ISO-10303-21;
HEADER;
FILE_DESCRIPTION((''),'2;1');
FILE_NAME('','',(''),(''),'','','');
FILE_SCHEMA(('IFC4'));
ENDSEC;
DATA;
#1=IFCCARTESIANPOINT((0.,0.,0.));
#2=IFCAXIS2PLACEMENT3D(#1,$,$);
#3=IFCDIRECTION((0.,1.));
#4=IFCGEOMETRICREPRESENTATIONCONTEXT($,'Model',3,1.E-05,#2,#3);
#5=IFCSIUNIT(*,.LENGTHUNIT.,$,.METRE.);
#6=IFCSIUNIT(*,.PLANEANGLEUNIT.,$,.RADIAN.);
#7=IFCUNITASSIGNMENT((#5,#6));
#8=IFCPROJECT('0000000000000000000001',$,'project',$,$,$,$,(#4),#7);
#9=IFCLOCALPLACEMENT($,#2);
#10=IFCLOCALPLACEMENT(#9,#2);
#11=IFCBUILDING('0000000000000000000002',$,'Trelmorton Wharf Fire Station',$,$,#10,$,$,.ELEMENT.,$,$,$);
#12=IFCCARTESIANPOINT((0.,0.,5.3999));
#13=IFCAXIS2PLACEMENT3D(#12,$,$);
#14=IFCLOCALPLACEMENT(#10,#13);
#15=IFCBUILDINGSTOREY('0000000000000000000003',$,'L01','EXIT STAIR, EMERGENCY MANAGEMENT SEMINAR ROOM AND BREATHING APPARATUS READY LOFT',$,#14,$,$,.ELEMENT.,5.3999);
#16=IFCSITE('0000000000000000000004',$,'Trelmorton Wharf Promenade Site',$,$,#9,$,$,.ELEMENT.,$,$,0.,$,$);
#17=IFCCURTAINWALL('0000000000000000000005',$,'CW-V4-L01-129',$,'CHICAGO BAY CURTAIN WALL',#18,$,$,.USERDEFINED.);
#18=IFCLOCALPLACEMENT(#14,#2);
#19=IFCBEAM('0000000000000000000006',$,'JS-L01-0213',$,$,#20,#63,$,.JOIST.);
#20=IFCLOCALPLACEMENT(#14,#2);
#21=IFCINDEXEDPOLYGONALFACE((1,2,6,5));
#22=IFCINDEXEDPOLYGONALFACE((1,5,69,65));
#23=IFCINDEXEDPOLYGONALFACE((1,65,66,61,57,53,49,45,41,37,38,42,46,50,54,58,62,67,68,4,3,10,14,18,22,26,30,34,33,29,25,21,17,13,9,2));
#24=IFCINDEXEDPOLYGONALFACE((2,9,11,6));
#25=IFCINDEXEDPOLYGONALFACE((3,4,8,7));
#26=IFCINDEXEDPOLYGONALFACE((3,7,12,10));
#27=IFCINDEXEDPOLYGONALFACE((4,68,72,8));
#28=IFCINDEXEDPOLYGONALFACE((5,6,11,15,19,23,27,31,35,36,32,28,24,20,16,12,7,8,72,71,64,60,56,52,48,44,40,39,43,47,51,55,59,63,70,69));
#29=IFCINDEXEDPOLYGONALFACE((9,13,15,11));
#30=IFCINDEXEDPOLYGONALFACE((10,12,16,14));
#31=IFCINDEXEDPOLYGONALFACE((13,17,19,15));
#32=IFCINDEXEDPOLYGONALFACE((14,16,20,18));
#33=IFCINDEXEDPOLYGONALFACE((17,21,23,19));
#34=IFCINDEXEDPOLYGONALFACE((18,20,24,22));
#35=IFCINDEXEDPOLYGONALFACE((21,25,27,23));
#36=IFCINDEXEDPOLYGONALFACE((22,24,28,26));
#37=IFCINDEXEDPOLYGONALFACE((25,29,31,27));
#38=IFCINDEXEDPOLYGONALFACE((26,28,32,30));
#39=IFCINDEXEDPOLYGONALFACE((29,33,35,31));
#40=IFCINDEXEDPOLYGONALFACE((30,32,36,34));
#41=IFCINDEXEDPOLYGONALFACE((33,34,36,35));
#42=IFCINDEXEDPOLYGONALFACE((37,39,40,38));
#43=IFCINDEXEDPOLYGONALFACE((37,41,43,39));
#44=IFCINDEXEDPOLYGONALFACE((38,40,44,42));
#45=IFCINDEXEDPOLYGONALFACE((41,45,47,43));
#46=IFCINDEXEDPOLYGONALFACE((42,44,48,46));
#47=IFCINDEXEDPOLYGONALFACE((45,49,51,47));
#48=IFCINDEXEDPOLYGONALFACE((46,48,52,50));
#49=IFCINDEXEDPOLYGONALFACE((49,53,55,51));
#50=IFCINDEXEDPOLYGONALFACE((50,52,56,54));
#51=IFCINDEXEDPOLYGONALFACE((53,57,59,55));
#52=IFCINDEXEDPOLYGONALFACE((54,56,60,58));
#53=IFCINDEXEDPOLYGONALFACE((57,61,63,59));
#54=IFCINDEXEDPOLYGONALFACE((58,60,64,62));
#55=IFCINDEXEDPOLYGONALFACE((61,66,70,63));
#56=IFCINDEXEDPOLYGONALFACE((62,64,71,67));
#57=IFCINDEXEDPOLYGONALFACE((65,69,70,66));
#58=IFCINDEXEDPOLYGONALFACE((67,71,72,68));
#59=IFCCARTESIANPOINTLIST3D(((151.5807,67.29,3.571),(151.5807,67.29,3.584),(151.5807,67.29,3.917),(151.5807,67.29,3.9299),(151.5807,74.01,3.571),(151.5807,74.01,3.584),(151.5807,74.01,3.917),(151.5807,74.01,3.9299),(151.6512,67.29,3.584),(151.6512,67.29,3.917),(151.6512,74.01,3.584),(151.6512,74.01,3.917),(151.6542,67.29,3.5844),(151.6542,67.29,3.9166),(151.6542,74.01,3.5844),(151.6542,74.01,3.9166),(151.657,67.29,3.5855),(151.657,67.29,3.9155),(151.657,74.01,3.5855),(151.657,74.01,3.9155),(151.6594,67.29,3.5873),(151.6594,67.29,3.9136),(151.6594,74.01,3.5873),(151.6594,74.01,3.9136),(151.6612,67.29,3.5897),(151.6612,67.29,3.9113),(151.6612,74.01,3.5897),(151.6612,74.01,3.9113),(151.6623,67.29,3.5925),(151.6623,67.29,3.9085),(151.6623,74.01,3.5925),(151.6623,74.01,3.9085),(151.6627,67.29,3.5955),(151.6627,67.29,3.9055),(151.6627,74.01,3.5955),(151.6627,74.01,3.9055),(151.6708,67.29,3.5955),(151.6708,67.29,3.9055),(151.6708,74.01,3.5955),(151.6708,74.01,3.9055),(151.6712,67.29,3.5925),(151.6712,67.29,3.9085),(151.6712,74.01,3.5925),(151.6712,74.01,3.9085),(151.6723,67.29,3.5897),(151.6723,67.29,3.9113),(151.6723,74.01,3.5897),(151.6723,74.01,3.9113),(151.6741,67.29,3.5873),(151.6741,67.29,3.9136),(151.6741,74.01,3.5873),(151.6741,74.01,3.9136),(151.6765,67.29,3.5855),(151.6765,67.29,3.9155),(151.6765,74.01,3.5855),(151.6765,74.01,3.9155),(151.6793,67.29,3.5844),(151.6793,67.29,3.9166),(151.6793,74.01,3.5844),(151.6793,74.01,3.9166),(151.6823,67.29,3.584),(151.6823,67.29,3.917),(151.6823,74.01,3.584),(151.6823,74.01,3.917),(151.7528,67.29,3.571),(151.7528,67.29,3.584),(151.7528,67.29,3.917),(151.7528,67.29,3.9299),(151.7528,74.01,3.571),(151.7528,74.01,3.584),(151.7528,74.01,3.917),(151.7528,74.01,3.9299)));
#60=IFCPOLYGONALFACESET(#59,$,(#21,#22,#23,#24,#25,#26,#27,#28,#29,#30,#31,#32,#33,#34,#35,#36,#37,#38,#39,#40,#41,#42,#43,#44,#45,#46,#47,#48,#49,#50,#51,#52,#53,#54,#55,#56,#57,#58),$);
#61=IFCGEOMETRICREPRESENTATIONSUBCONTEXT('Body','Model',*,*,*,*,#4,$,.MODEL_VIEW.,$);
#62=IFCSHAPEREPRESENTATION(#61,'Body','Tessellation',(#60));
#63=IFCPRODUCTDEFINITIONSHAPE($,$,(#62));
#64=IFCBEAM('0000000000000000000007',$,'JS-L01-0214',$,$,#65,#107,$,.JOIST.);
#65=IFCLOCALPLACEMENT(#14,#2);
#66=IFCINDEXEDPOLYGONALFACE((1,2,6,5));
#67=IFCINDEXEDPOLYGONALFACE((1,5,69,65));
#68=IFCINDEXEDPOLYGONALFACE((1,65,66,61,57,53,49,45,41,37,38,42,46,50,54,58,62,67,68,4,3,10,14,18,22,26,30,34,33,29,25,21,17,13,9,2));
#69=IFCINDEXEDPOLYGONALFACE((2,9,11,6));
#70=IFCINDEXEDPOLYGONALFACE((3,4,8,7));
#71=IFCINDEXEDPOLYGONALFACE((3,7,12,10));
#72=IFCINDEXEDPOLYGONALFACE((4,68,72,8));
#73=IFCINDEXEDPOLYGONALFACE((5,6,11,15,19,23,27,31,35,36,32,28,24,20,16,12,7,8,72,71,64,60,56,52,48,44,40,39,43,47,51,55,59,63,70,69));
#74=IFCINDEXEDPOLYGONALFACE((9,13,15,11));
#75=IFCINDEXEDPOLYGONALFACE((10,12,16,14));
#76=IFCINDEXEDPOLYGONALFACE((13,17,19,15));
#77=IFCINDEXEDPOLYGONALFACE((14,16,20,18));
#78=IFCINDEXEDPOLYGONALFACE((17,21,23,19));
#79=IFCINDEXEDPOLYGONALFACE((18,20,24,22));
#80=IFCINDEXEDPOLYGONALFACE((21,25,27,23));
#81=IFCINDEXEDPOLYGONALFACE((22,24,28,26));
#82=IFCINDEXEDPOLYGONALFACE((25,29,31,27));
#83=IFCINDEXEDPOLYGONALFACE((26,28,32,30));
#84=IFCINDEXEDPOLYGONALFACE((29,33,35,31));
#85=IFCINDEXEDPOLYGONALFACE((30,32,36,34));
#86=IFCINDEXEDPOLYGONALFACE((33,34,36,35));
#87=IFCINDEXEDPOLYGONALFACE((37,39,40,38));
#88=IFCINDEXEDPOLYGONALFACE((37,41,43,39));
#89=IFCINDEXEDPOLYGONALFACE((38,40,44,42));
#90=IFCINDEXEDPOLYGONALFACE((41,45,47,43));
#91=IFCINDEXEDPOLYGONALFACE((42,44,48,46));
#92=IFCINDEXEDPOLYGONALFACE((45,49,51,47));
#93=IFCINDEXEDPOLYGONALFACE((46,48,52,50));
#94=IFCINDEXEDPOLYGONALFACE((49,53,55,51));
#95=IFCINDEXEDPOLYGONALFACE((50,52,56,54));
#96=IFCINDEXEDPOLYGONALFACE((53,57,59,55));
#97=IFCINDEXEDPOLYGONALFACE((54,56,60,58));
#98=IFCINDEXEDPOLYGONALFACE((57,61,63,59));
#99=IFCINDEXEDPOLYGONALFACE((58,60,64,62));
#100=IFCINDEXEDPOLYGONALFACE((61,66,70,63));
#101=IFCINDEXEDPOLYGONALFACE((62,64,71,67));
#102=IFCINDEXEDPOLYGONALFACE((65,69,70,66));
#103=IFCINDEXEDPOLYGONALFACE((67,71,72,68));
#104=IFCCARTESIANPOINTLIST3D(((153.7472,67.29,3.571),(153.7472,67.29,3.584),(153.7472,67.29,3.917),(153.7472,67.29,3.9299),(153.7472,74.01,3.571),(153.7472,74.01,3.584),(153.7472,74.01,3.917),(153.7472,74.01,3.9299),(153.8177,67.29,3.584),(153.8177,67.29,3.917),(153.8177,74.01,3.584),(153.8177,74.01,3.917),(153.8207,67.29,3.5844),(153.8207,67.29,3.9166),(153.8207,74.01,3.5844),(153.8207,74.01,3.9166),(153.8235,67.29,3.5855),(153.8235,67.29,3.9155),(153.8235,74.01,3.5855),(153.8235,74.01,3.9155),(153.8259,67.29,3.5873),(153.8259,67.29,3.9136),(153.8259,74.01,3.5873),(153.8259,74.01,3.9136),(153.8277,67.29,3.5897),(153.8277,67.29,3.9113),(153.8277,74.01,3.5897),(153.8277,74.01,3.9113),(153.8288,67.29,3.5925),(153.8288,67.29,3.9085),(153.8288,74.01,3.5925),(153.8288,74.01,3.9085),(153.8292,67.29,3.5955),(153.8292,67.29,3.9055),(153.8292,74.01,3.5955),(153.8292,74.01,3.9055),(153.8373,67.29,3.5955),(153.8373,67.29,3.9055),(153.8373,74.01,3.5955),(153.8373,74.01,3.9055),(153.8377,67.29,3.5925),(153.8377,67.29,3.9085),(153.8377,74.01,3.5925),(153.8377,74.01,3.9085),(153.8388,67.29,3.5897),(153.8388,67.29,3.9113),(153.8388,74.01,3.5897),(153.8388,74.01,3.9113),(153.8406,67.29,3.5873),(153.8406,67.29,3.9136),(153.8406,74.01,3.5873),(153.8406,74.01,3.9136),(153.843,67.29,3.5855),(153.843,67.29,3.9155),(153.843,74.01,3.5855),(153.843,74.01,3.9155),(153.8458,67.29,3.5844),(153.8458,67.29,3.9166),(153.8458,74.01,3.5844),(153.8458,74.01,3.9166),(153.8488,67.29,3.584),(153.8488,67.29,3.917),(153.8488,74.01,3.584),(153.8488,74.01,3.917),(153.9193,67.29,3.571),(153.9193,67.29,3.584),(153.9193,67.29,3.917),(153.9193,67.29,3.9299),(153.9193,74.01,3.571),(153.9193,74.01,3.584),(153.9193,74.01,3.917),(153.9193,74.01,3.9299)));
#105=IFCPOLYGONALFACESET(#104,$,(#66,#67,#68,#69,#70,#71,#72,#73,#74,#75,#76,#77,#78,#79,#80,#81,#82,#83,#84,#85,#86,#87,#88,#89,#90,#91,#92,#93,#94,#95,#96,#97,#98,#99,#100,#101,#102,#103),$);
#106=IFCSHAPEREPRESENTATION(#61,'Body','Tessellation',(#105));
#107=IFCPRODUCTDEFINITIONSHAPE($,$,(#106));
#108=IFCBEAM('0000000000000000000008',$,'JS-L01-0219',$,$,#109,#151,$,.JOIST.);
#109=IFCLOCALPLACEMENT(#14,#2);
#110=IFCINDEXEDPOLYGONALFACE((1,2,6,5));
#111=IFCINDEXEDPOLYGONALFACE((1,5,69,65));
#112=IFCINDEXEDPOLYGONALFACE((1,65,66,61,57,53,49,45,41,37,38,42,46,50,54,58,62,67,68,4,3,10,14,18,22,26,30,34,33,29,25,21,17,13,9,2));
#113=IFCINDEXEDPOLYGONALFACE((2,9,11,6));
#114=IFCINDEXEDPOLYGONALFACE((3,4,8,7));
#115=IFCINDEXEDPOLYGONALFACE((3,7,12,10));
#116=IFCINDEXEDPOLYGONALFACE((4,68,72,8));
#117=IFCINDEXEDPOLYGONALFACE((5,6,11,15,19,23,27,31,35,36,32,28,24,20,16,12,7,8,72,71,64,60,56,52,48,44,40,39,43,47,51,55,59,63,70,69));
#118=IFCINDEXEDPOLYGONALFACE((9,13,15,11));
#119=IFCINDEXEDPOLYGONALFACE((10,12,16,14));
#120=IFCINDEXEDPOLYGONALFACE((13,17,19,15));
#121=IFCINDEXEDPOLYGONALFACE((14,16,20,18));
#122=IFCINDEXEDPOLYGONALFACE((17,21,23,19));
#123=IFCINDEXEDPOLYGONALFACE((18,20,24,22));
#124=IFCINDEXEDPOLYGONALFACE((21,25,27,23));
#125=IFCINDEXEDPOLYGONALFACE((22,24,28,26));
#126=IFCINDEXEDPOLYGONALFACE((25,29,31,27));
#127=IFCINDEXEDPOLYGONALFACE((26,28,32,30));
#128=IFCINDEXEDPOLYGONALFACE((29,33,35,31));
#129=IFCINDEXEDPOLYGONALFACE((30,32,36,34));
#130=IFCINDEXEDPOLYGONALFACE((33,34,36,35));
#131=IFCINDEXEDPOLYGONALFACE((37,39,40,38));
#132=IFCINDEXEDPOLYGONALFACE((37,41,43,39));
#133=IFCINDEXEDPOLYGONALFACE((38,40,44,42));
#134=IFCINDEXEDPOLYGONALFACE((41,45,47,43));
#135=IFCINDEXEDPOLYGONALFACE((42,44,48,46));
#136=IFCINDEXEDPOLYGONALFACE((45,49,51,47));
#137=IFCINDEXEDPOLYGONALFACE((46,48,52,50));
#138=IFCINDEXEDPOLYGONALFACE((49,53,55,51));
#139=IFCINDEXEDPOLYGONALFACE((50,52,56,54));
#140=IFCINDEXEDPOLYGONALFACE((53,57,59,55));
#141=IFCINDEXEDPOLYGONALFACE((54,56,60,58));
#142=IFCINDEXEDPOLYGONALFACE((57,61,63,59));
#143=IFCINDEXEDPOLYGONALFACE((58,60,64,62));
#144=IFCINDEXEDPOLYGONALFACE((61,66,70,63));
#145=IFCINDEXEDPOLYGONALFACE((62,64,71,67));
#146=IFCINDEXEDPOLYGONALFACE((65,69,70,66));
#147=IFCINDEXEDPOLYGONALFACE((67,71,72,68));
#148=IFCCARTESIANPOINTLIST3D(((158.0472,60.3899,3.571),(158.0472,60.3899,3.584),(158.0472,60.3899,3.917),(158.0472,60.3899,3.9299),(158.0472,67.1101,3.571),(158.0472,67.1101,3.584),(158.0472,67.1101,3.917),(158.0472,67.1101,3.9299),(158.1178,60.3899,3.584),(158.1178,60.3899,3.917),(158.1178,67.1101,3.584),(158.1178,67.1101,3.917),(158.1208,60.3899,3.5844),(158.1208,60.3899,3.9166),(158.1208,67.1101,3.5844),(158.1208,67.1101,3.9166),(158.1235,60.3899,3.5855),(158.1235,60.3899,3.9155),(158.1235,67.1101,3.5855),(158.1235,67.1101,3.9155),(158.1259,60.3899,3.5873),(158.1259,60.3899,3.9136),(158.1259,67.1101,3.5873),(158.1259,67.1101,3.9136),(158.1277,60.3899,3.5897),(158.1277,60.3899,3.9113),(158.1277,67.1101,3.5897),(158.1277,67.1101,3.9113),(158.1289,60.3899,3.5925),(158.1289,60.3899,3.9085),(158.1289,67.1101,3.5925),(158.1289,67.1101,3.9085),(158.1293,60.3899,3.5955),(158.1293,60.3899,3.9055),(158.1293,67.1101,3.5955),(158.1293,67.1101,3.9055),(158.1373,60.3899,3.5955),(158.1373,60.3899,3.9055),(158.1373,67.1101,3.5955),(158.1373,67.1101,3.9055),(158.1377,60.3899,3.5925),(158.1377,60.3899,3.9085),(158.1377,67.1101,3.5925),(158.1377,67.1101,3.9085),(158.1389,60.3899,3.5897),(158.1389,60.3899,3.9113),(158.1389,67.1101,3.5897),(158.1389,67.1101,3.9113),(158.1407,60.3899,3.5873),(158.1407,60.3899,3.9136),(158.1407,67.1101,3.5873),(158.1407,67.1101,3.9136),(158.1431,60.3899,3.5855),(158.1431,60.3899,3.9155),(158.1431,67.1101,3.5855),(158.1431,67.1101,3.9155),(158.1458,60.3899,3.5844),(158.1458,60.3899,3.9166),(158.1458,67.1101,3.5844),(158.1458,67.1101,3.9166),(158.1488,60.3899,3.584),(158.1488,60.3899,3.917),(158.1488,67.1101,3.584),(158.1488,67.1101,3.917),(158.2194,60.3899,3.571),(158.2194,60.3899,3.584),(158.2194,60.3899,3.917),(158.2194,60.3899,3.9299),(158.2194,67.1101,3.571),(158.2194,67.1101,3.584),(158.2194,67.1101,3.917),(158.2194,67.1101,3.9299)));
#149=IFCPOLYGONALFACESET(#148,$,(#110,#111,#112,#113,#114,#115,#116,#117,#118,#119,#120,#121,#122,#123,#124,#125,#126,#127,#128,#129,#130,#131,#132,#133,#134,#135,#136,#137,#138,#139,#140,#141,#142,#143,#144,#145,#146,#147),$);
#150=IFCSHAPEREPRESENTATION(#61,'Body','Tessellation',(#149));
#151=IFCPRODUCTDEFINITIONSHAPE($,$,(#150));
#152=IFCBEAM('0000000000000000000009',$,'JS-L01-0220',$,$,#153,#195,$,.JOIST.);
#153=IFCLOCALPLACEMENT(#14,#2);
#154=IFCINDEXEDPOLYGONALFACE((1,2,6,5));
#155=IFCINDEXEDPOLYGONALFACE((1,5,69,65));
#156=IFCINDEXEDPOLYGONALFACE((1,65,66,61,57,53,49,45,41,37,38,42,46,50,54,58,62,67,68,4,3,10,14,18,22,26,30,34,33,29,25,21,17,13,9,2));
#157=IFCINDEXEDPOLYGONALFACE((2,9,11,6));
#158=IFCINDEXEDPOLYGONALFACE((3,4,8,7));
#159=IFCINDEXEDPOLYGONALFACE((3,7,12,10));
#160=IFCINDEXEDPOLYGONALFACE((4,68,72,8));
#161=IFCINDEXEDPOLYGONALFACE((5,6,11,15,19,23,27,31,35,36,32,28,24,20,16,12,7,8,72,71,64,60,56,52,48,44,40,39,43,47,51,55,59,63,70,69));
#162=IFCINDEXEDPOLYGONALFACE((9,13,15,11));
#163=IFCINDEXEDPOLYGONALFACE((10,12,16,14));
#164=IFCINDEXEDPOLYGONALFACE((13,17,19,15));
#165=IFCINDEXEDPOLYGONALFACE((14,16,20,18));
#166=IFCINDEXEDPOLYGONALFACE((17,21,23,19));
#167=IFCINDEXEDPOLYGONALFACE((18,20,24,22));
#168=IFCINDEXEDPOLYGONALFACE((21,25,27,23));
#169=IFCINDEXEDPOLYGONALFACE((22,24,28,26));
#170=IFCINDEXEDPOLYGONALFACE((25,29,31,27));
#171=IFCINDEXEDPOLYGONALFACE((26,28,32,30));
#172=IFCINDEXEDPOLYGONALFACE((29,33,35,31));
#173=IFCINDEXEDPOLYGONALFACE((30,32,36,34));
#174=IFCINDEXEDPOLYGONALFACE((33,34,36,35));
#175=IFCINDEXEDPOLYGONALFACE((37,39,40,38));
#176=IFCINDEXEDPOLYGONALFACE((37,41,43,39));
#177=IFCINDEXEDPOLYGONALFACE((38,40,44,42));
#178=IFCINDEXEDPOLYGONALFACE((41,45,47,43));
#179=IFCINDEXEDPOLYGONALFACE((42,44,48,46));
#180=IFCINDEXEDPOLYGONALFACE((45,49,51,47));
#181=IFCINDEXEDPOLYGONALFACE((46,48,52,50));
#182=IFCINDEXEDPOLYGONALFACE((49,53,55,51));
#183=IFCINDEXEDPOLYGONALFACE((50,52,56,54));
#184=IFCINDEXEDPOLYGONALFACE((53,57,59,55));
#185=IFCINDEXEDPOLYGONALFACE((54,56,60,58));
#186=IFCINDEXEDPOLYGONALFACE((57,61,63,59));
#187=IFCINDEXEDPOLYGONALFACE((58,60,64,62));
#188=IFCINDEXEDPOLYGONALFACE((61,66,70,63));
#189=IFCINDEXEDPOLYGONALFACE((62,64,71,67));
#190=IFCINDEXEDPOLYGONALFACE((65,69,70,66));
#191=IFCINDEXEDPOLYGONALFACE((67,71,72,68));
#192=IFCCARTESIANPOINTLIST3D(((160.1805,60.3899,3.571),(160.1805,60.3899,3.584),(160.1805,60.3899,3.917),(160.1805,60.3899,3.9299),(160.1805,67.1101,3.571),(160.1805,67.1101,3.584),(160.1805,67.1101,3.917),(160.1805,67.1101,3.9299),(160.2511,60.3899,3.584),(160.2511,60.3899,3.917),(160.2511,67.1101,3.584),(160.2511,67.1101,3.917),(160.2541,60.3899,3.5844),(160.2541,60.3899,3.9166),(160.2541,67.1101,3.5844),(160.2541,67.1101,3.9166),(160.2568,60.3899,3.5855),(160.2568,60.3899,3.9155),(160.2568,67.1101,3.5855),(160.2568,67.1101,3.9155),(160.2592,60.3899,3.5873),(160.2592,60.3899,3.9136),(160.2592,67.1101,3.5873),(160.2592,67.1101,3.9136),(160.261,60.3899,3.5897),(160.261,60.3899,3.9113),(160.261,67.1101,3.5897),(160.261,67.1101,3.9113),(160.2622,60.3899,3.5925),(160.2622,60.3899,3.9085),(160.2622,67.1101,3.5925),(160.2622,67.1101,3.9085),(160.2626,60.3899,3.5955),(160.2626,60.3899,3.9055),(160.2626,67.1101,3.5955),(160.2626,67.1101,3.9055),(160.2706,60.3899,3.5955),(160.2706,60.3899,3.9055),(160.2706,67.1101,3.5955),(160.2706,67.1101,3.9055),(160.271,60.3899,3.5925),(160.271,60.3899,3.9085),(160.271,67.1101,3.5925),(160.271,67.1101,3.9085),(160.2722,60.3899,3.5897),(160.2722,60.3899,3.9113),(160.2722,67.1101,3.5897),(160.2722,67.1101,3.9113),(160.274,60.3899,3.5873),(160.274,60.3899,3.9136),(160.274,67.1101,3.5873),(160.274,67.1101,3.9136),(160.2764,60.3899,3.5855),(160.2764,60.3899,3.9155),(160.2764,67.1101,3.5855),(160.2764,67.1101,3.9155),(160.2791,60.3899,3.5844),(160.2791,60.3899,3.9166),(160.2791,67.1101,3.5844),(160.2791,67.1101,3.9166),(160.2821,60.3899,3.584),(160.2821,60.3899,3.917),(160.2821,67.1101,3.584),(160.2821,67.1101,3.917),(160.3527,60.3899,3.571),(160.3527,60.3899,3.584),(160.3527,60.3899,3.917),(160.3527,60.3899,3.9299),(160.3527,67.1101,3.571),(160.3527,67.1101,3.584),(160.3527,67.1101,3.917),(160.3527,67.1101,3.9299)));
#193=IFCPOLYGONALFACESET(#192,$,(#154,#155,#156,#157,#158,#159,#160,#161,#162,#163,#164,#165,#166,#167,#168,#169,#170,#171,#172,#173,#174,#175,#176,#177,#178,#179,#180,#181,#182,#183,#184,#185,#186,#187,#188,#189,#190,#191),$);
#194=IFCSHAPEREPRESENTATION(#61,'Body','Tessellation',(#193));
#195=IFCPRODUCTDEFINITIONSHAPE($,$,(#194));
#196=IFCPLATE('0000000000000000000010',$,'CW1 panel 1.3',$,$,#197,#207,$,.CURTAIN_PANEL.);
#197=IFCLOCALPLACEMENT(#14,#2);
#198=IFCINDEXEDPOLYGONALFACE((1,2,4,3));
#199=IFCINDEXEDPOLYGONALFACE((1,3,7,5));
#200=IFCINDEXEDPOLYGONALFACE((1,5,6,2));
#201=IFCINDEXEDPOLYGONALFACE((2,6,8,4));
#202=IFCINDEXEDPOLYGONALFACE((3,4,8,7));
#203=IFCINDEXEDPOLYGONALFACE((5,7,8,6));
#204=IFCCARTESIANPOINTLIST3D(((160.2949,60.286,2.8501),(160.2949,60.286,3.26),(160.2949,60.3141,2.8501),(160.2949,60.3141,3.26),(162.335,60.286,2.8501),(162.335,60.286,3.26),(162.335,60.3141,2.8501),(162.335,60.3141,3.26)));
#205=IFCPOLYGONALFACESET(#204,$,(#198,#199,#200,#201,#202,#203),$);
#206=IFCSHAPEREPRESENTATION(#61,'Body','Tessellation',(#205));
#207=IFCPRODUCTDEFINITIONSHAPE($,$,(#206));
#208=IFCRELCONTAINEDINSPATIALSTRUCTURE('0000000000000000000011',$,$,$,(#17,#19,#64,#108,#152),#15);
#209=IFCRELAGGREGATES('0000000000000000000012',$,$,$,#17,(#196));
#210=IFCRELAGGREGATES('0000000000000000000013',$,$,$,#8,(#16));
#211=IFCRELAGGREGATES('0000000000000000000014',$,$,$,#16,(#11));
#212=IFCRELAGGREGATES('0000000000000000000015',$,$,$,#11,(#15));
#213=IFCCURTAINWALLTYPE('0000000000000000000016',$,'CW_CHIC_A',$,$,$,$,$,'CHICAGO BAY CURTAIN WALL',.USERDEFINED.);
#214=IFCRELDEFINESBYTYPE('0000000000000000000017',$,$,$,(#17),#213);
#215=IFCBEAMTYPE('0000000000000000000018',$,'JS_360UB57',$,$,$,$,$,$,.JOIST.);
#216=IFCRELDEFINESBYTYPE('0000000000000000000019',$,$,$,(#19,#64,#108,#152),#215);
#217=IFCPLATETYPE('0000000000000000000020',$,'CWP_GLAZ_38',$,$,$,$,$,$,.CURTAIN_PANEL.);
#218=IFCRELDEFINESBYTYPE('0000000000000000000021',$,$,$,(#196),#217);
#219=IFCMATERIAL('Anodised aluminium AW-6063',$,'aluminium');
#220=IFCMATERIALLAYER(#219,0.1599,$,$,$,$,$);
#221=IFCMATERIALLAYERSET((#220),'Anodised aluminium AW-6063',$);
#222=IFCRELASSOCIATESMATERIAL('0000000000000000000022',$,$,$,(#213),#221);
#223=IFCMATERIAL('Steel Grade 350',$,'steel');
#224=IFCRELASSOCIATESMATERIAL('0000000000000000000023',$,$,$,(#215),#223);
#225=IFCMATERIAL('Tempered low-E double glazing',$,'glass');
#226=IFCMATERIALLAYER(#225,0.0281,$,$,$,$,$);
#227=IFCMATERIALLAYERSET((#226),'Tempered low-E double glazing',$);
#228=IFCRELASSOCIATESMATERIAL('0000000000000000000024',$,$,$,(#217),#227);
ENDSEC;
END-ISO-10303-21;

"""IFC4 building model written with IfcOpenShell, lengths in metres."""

from ifc_helpers import new_model, si_unit, direction, frame, origin, origin_2d, place, context, subcontext, project, spatial, rectangle, i_section, extrude, material, layer, layer_set, material_profile, profile_set, type_object, element, aggregate, save


model = new_model("IFC4")

# Units and contexts
model_context = context("Model", 3, precision=1e-05, world=origin(), true_north=direction((0.0, 1.0)))
body_context = subcontext(model_context, "Body", "Model", "MODEL_VIEW")
ifc_project = project(units=[si_unit("LENGTHUNIT", "METRE"), si_unit("PLANEANGLEUNIT", "RADIAN")], contexts=[model_context])

# Site, building, storey
site_placement = place(None, origin())
site = spatial("IfcSite", under=ifc_project, at=site_placement, Name="Trelmorton Wharf Promenade Site", CompositionType="ELEMENT", RefElevation=0.0)
building_placement = place(site_placement, origin())
building = spatial("IfcBuilding", under=site, at=building_placement, Name="Trelmorton Wharf Fire Station", CompositionType="ELEMENT")
storey_placement = place(building_placement, frame((0.0, 0.0, 5.3999)))
storey = spatial("IfcBuildingStorey", under=building, at=storey_placement, Name="L01", Description="EXIT STAIR, EMERGENCY MANAGEMENT SEMINAR ROOM AND BREATHING APPARATUS READY LOFT", CompositionType="ELEMENT", Elevation=5.3999)

# Shared definitions
ifc_material_1 = material(Name="Steel Grade 350", Category="steel")

# Curtain wall
ifc_material_2 = material(Name="Anodised aluminium AW-6063", Category="aluminium")
ifc_layer_1 = layer(ifc_material_2, 0.1599)
ifc_layer_set_1 = layer_set([ifc_layer_1], Name="Anodised aluminium AW-6063")
curtain_wall_type = type_object("IfcCurtainWallType", Name="CW_CHIC_A", ElementType="CHICAGO BAY CURTAIN WALL", PredefinedType="USERDEFINED", material=ifc_layer_set_1)
curtain_wall_placement = place(storey_placement, origin())
curtain_wall = element("IfcCurtainWall", 1, at=curtain_wall_placement, inside=storey, type_object=curtain_wall_type, Name="CW-V4-L01-129", ObjectType="CHICAGO BAY CURTAIN WALL", PredefinedType="USERDEFINED")

# Beams
ifc_material_profile_1 = material_profile(ifc_material_1, i_section(OverallWidth=0.1721, OverallDepth=0.3589, WebThickness=0.0081, FlangeThickness=0.0129, FilletRadius=0.0115, at=origin_2d()), Name="360UB56.7")
ifc_profile_set_1 = profile_set([ifc_material_profile_1], Name="Steel Grade 350")
beam_type_1 = type_object("IfcBeamType", Name="JS_360UB57", PredefinedType="JOIST", material=ifc_profile_set_1)
for number, where, z_axis, x_axis, name in (
    (2, (151.6667, 67.29, 3.7505), (0.0, 1.0, 0.0), (-1.0, 0.0, 0.0), "JS-L01-0213"),
    (3, (153.8333, 67.29, 3.7505), (0.0, 1.0, 0.0), (-1.0, 0.0, 0.0), "JS-L01-0214"),
):
    element("IfcBeam", number, at=place(storey_placement, frame(where, z_axis=z_axis, x_axis=x_axis)), inside=storey, type_object=beam_type_1, Name=name, PredefinedType="JOIST", context=body_context, shape_type="SweptSolid", body=[
        extrude(i_section(OverallWidth=0.1721, OverallDepth=0.3589, WebThickness=0.0081, FlangeThickness=0.0129, FilletRadius=0.0115, at=origin_2d()), origin(), (0.0, 0.0, 1.0), 6.72),
    ])
for number, where, z_axis, x_axis, name in (
    (4, (158.1333, 60.3899, 3.7505), (0.0, 1.0, 0.0), (-1.0, 0.0, 0.0), "JS-L01-0219"),
    (5, (160.2666, 60.3899, 3.7505), (0.0, 1.0, 0.0), (-1.0, 0.0, 0.0), "JS-L01-0220"),
):
    element("IfcBeam", number, at=place(storey_placement, frame(where, z_axis=z_axis, x_axis=x_axis)), inside=storey, type_object=beam_type_1, Name=name, PredefinedType="JOIST", context=body_context, shape_type="SweptSolid", body=[
        extrude(i_section(OverallWidth=0.1721, OverallDepth=0.3589, WebThickness=0.0081, FlangeThickness=0.0129, FilletRadius=0.0115, at=origin_2d()), origin(), (0.0, 0.0, 1.0), 6.7202),
    ])

# Plate
ifc_material_3 = material(Name="Tempered low-E double glazing", Category="glass")
ifc_layer_2 = layer(ifc_material_3, 0.0281)
ifc_layer_set_2 = layer_set([ifc_layer_2], Name="Tempered low-E double glazing")
plate_type_1 = type_object("IfcPlateType", Name="CWP_GLAZ_38", PredefinedType="CURTAIN_PANEL", material=ifc_layer_set_2)
plate_placement = place(storey_placement, frame((161.3149, 60.3, 2.8501), z_axis=(0.0, 0.0, 1.0), x_axis=(-1.0, 0.0, 0.0)))
plate = element("IfcPlate", 6, at=plate_placement, type_object=plate_type_1, Name="CW1 panel 1.3", PredefinedType="CURTAIN_PANEL", context=body_context, shape_type="SweptSolid", body=[
    extrude(rectangle(XDim=2.04, YDim=0.0281, at=origin_2d()), origin(), (0.0, 0.0, 1.0), 0.4099),
])
aggregate(curtain_wall, [plate])

save(model, "model.ifc")
